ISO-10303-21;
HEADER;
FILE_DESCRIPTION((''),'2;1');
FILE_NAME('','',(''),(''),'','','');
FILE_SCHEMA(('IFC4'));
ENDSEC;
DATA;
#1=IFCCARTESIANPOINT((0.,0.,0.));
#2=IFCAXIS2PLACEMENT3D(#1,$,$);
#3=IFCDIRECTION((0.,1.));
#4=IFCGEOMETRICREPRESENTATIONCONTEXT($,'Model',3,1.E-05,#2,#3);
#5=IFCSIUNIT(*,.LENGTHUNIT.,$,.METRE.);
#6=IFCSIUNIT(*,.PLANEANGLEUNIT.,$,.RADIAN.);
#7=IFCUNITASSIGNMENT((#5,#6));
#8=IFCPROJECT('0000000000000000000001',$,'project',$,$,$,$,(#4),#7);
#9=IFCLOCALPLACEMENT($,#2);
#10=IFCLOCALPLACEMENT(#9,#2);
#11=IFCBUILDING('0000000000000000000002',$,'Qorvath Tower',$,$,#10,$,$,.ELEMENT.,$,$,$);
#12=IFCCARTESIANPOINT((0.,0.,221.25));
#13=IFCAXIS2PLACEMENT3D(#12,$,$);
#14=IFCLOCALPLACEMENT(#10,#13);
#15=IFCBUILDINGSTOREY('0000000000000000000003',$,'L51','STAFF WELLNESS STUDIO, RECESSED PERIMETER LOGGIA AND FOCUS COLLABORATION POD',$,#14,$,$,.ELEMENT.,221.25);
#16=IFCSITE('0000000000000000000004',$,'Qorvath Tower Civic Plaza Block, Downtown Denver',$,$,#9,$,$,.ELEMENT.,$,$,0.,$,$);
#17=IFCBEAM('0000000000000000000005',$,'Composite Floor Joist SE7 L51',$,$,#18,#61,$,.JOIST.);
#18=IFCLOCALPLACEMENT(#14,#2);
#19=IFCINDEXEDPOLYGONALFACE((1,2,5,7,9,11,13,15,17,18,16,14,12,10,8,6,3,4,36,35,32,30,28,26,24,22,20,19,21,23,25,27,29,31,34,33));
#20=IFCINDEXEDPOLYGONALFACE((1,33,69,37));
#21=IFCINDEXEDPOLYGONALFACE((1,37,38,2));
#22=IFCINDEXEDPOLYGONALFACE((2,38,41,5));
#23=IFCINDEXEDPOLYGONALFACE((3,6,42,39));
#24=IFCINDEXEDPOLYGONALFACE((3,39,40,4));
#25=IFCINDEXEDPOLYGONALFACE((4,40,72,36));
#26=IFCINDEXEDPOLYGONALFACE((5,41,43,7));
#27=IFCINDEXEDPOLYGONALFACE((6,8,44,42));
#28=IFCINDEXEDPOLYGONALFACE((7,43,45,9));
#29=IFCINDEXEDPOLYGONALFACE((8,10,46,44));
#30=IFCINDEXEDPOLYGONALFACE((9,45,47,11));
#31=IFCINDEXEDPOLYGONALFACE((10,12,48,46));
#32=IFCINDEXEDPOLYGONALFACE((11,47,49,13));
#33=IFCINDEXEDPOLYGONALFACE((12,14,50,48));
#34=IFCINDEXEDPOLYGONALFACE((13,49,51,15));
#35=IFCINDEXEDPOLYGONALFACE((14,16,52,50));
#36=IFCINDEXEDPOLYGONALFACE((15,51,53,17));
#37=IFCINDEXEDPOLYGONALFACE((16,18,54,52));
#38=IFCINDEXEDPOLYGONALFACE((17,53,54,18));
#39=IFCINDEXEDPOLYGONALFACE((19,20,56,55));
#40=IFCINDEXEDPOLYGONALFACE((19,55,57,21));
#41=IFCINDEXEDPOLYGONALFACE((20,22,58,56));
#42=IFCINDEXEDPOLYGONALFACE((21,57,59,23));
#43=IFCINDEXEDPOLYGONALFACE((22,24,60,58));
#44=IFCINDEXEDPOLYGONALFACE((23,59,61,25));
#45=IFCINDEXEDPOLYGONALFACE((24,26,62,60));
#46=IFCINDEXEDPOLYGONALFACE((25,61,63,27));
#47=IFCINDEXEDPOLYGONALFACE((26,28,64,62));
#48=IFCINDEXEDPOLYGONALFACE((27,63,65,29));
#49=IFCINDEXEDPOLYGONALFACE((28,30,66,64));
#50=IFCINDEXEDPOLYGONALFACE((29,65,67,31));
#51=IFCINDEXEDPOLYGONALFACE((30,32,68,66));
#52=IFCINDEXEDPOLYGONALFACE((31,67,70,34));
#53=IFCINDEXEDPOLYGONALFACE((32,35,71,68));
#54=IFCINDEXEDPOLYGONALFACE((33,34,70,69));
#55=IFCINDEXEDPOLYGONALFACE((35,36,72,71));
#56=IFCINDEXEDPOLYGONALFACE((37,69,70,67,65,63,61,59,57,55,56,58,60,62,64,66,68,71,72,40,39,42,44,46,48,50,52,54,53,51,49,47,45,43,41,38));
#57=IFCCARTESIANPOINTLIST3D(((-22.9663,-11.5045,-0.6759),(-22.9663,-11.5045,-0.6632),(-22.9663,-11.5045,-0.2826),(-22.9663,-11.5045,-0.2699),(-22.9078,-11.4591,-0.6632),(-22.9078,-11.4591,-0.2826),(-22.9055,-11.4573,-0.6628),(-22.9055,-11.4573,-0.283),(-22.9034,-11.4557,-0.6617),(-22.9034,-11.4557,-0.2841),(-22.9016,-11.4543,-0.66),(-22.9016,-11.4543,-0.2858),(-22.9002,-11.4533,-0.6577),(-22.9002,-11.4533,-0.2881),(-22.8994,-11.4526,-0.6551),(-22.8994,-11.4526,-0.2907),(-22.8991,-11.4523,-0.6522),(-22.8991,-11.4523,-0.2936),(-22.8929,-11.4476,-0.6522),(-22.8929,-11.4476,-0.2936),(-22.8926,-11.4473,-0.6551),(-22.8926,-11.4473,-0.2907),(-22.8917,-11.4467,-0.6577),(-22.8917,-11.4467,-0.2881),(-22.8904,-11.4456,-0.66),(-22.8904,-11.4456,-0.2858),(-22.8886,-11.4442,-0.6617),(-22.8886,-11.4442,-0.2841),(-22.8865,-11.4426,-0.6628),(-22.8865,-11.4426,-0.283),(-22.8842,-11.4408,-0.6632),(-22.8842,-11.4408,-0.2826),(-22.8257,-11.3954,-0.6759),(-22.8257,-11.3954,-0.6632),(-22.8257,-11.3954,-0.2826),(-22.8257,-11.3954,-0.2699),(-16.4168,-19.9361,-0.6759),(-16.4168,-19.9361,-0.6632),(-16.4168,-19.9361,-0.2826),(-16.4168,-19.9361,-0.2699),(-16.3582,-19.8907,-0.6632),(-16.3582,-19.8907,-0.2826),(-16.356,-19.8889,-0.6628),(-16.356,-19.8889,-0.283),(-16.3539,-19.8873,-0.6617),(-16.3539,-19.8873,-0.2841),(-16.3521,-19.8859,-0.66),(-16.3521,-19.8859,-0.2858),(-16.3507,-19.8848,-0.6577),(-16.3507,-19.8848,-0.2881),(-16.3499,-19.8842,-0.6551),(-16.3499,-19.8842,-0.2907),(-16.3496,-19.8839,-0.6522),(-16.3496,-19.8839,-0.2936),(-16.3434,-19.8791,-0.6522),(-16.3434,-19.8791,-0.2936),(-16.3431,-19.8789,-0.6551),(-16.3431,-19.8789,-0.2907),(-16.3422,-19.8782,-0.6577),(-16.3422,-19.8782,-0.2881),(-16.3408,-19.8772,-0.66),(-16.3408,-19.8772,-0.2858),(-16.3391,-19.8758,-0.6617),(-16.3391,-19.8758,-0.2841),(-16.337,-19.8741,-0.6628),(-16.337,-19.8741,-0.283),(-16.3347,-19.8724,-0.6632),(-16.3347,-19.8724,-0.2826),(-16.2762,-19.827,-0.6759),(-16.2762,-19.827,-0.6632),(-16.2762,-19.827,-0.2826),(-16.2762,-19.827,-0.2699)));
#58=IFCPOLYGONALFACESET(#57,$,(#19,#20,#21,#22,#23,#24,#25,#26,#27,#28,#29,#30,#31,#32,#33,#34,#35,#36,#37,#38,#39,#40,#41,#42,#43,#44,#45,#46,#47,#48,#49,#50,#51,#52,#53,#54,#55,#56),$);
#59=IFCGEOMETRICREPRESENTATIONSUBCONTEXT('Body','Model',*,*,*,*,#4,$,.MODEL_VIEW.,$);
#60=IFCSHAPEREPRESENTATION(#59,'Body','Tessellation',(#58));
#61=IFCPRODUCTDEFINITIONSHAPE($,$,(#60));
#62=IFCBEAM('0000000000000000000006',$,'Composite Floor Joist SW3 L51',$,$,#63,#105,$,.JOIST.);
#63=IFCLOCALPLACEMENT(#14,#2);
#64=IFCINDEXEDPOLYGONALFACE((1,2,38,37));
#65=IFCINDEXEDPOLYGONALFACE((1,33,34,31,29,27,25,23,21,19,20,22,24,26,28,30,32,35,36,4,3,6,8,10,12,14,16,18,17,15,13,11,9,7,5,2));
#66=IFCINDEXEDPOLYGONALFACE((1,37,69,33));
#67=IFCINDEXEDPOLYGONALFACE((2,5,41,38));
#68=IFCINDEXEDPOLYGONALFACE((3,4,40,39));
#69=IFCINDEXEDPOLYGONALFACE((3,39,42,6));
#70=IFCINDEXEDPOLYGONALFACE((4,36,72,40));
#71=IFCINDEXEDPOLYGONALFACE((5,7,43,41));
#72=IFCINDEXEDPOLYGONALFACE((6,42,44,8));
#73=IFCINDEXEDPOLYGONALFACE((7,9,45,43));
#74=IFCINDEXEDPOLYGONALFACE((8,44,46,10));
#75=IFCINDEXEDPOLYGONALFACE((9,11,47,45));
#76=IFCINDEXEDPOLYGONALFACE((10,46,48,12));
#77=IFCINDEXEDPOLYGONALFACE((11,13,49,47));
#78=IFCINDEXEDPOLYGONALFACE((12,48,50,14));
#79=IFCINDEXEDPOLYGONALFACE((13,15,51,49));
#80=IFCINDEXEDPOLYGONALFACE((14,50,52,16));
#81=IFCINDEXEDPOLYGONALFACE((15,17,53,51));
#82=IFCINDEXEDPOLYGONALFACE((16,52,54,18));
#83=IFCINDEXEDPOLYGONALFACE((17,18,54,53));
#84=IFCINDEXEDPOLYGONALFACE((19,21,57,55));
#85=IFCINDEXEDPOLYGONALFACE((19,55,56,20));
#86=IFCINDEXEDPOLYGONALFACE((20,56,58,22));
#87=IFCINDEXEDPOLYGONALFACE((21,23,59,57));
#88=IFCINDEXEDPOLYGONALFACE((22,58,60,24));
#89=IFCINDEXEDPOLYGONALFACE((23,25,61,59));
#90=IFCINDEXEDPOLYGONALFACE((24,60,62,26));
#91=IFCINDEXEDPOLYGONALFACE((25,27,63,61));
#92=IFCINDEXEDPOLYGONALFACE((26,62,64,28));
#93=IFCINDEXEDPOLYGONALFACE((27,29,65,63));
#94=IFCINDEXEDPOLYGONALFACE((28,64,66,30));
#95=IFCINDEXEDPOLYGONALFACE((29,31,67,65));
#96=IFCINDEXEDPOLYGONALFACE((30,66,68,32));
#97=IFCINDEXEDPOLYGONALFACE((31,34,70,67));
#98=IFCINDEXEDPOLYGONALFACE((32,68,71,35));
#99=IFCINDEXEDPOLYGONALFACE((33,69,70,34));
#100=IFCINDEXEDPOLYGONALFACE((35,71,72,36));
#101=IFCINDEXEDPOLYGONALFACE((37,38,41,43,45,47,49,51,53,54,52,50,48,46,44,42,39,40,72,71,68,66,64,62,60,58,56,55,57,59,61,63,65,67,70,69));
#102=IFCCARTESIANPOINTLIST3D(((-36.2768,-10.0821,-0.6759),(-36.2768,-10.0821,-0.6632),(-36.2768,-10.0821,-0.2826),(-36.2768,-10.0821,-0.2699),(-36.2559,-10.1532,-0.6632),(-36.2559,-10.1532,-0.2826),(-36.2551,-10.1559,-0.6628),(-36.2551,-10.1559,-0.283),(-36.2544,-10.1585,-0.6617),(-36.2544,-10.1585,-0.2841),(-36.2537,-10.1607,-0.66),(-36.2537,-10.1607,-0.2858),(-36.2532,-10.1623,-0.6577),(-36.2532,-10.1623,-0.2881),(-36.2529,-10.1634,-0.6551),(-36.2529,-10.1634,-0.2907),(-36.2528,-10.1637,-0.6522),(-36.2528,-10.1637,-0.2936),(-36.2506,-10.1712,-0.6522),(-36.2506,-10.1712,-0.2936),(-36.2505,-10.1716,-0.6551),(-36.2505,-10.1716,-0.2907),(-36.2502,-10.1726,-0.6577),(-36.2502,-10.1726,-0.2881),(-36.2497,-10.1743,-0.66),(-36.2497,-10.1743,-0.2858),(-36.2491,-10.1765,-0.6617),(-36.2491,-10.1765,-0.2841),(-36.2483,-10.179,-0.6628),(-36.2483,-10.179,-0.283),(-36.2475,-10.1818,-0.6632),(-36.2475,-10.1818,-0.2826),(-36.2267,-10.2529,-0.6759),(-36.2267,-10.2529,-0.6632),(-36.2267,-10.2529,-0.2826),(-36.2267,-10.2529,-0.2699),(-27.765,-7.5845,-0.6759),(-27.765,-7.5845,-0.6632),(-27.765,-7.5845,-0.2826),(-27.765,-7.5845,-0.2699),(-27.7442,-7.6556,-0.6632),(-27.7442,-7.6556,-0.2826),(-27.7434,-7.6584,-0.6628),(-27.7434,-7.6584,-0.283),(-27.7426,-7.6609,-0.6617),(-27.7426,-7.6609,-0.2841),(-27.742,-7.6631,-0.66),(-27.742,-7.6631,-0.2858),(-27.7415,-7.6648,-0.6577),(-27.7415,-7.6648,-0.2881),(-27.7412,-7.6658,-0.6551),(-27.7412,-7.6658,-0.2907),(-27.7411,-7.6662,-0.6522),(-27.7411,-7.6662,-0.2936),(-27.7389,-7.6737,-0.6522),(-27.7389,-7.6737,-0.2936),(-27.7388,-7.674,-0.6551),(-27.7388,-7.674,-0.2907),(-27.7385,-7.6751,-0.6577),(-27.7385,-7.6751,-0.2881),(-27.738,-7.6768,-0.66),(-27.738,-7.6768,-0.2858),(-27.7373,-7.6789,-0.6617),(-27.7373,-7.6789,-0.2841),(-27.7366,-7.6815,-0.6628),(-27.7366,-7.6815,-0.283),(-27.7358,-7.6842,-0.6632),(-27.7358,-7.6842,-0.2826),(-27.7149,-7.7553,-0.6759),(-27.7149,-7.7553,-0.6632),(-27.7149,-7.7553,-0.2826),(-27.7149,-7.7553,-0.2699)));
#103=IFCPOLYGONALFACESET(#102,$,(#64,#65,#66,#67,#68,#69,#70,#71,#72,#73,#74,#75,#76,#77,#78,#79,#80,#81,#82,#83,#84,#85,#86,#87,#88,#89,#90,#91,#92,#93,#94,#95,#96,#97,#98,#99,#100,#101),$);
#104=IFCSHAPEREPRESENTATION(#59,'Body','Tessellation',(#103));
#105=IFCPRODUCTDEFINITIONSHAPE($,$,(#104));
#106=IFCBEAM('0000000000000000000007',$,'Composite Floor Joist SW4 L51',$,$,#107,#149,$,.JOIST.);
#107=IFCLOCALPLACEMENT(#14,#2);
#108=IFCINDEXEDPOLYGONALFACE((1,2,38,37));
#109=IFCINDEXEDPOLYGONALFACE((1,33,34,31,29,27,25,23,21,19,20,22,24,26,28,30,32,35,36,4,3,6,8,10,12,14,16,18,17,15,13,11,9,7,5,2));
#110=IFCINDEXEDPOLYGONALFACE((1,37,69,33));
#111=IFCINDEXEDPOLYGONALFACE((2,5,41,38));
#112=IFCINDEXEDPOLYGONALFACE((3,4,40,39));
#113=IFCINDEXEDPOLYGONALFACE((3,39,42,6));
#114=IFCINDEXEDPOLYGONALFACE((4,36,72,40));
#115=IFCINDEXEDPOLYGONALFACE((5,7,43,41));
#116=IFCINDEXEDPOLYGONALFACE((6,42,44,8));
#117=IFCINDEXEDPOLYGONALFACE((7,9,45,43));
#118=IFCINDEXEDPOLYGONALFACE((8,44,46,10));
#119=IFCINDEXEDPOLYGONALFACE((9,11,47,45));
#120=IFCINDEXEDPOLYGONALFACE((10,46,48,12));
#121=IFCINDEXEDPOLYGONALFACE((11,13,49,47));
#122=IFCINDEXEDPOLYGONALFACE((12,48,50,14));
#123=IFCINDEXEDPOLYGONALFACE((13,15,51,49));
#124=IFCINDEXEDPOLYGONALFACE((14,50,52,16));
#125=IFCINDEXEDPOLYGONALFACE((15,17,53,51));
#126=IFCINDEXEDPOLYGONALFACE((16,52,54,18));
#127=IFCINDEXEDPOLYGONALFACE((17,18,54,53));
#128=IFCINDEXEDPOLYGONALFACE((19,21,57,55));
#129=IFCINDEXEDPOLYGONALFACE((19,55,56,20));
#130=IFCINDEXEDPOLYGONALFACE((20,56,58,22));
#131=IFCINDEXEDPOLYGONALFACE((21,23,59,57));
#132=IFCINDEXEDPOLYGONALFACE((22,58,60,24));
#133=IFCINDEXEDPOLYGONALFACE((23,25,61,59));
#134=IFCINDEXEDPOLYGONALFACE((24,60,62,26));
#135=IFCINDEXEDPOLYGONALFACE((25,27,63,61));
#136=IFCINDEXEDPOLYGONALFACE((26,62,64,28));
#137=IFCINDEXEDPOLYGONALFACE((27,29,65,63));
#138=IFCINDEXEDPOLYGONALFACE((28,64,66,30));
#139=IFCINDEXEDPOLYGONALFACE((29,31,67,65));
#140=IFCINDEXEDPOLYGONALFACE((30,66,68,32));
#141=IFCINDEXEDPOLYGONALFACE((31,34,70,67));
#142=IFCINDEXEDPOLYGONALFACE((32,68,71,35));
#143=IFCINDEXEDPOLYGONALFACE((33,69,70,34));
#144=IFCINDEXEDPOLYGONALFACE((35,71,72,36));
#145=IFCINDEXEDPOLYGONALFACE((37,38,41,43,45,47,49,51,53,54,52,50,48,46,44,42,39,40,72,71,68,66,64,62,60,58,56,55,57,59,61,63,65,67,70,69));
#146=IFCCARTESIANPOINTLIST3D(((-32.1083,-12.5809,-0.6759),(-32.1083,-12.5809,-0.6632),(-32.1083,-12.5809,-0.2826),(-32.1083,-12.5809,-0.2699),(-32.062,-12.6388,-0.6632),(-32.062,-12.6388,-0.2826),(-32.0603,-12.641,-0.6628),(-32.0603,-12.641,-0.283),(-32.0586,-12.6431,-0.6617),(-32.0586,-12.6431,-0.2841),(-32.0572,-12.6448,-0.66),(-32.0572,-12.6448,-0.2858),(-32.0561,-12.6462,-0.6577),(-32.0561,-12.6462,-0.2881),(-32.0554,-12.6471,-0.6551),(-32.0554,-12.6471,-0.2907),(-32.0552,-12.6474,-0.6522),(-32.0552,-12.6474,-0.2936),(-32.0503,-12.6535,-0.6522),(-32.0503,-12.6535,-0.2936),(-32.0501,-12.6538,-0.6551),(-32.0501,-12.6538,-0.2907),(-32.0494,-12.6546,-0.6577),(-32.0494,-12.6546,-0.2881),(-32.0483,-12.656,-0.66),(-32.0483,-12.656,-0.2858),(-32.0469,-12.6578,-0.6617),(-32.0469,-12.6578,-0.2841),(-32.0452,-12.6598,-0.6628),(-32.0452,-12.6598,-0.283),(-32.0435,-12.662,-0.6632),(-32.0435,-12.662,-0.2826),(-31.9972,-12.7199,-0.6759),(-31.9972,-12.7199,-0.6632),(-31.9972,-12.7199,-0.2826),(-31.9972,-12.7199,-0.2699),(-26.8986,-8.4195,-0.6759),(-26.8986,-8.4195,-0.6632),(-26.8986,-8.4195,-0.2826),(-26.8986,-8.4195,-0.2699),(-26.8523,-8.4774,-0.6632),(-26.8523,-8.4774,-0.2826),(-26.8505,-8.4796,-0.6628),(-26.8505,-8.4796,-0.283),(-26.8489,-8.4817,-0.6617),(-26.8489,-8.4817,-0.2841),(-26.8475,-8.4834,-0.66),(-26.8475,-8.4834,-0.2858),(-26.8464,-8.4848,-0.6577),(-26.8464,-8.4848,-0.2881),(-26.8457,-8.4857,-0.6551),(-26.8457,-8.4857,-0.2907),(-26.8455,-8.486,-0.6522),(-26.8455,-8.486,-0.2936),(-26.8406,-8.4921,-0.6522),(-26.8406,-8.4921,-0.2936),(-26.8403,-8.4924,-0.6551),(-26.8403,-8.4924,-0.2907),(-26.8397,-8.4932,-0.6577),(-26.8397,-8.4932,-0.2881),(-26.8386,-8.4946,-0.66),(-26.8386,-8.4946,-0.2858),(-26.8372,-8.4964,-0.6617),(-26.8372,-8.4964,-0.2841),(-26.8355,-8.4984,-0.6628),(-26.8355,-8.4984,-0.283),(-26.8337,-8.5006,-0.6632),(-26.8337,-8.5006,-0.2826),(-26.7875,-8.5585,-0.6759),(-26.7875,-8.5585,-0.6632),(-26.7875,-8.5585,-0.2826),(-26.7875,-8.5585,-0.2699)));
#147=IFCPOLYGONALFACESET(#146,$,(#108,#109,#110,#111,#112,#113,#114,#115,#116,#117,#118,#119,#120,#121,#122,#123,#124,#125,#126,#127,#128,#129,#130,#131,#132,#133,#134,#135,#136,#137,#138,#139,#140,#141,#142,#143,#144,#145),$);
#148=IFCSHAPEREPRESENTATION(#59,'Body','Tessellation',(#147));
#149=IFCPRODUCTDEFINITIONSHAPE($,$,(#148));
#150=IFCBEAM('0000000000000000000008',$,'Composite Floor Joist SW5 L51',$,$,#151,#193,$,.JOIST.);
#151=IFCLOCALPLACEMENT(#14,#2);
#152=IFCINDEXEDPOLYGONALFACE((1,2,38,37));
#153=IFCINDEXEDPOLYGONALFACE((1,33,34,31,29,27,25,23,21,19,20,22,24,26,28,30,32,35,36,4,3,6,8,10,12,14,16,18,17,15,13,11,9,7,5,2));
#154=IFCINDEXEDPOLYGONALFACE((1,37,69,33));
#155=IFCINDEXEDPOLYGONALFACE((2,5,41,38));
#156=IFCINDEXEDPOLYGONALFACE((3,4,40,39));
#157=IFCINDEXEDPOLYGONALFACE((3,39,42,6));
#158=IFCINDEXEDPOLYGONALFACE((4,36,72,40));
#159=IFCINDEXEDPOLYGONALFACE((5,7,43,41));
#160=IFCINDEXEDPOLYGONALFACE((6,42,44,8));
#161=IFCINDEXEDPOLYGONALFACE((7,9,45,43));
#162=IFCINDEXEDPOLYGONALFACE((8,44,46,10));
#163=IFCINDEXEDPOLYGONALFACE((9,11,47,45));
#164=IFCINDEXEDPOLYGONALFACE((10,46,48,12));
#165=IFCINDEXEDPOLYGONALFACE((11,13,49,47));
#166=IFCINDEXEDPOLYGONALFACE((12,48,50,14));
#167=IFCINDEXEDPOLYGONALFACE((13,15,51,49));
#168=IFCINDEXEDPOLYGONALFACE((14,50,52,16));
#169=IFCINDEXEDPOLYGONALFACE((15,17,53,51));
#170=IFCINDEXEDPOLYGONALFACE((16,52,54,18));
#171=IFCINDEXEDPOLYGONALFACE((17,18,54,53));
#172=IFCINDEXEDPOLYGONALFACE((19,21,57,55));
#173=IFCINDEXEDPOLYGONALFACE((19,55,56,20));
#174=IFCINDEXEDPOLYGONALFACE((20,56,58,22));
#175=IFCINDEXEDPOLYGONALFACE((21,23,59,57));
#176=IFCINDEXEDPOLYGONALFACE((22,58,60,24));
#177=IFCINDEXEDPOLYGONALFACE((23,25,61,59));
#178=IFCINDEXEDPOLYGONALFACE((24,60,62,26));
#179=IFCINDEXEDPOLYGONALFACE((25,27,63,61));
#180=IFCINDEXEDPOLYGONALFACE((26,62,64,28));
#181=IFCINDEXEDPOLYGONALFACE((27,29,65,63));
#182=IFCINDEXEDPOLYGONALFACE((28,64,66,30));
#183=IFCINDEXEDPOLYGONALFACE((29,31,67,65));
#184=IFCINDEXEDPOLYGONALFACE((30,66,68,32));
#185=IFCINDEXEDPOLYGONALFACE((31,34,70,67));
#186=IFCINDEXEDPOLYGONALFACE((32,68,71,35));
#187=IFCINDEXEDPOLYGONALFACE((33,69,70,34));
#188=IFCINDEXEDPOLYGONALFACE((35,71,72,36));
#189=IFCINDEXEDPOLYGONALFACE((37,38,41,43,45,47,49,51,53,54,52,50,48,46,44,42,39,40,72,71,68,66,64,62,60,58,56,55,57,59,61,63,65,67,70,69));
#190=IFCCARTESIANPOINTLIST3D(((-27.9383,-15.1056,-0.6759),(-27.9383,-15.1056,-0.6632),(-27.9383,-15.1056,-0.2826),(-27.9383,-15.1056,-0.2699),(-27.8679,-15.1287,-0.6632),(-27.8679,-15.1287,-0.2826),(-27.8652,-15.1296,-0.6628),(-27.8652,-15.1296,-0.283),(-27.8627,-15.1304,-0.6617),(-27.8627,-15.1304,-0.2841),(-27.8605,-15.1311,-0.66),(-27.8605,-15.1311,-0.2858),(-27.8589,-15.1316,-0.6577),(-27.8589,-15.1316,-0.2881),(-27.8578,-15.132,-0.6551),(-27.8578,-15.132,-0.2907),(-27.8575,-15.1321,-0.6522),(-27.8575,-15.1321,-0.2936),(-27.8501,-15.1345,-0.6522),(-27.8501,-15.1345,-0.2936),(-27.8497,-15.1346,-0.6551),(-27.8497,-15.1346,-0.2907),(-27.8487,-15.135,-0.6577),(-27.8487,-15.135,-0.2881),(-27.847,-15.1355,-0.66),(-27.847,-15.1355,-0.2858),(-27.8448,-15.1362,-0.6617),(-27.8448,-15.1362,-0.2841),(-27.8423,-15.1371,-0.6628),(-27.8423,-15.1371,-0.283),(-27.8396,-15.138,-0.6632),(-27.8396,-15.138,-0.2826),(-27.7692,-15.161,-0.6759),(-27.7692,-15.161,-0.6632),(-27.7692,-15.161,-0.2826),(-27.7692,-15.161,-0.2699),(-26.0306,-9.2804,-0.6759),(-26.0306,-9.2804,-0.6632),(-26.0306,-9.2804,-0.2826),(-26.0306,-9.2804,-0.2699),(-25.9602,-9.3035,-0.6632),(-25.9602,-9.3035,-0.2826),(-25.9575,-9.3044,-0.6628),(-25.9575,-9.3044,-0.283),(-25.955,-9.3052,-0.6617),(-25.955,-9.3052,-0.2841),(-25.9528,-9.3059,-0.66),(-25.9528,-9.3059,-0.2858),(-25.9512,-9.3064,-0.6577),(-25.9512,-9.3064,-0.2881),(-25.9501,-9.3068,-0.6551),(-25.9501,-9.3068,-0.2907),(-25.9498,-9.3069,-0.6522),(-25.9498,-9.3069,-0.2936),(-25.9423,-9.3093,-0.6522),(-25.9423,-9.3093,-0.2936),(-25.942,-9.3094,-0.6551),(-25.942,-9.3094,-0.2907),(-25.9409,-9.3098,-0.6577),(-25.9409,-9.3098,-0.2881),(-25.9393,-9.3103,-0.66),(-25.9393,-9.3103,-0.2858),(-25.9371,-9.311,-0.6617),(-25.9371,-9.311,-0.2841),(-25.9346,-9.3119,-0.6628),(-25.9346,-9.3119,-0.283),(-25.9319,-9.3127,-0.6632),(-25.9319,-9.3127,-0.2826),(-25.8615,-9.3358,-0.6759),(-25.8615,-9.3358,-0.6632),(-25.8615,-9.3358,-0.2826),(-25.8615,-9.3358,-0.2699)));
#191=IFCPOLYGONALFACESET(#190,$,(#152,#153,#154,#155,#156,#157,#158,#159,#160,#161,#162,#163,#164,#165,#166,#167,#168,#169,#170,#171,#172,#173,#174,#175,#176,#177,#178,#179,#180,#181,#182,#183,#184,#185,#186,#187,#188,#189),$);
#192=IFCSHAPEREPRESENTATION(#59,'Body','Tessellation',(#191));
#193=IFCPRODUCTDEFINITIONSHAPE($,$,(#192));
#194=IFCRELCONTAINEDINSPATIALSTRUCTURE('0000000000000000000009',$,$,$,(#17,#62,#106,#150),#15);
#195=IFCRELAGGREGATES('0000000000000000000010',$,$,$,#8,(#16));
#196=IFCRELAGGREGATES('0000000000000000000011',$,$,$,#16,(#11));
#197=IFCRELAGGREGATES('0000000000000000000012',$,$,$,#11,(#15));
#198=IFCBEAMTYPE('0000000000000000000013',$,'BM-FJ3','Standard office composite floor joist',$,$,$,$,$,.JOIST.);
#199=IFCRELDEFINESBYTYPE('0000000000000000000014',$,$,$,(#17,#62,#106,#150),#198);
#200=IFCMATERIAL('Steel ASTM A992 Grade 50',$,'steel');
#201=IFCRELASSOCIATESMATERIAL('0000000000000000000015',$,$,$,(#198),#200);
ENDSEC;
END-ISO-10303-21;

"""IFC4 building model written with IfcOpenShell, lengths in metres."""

from ifc_helpers import new_model, si_unit, direction, frame, origin, origin_2d, place, context, subcontext, project, spatial, i_section, extrude, material, material_profile, profile_set, type_object, element, save


model = new_model("IFC4")

# Units and contexts
model_context = context("Model", 3, precision=1e-05, world=origin(), true_north=direction((0.0, 1.0)))
body_context = subcontext(model_context, "Body", "Model", "MODEL_VIEW")
ifc_project = project(units=[si_unit("LENGTHUNIT", "METRE"), si_unit("PLANEANGLEUNIT", "RADIAN")], contexts=[model_context])

# Site, building, storey
site_placement = place(None, origin())
site = spatial("IfcSite", under=ifc_project, at=site_placement, Name="Qorvath Tower Civic Plaza Block, Downtown Denver", CompositionType="ELEMENT", RefElevation=0.0)
building_placement = place(site_placement, origin())
building = spatial("IfcBuilding", under=site, at=building_placement, Name="Qorvath Tower", CompositionType="ELEMENT")
storey_placement = place(building_placement, frame((0.0, 0.0, 221.25)))
storey = spatial("IfcBuildingStorey", under=building, at=storey_placement, Name="L51", Description="STAFF WELLNESS STUDIO, RECESSED PERIMETER LOGGIA AND FOCUS COLLABORATION POD", CompositionType="ELEMENT", Elevation=221.25)

# Beams
ifc_material_1 = material(Name="Steel ASTM A992 Grade 50", Category="steel")
ifc_material_profile_1 = material_profile(ifc_material_1, i_section(OverallWidth=0.178, OverallDepth=0.406, WebThickness=0.0078, FlangeThickness=0.0127, FilletRadius=0.011, at=origin_2d()), Name="W16x40")
ifc_profile_set_1 = profile_set([ifc_material_profile_1], Name="Steel ASTM A992 Grade 50")
beam_type_1 = type_object("IfcBeamType", Name="BM-FJ3", Description="Standard office composite floor joist", PredefinedType="JOIST", material=ifc_profile_set_1)
beam_1_placement = place(storey_placement, frame((-22.896, -11.45, -0.4729), z_axis=(0.613451, -0.789733, 0.0), x_axis=(0.789733, 0.613451, 0.0)))
element("IfcBeam", 1, at=beam_1_placement, inside=storey, type_object=beam_type_1, Name="Composite Floor Joist SE7 L51", PredefinedType="JOIST", context=body_context, shape_type="SweptSolid", body=[
    extrude(i_section(OverallWidth=0.178, OverallDepth=0.406, WebThickness=0.0078, FlangeThickness=0.0127, FilletRadius=0.011, at=origin_2d()), origin(), (0.0, 0.0, 1.0), 10.6765),
])
beam_2_placement = place(storey_placement, frame((-27.74, -7.6699, -0.4729), z_axis=(-0.959545, -0.281555, 0.0), x_axis=(0.281555, -0.959545, 0.0)))
element("IfcBeam", 2, at=beam_2_placement, inside=storey, type_object=beam_type_1, Name="Composite Floor Joist SW3 L51", PredefinedType="JOIST", context=body_context, shape_type="SweptSolid", body=[
    extrude(i_section(OverallWidth=0.178, OverallDepth=0.406, WebThickness=0.0078, FlangeThickness=0.0127, FilletRadius=0.011, at=origin_2d()), origin(), (0.0, 0.0, 1.0), 8.8706),
])
beam_3_placement = place(storey_placement, frame((-26.843, -8.489, -0.4729), z_axis=(-0.781337, -0.62411, 0.0), x_axis=(0.62411, -0.781337, 0.0)))
element("IfcBeam", 3, at=beam_3_placement, inside=storey, type_object=beam_type_1, Name="Composite Floor Joist SW4 L51", PredefinedType="JOIST", context=body_context, shape_type="SweptSolid", body=[
    extrude(i_section(OverallWidth=0.178, OverallDepth=0.406, WebThickness=0.0078, FlangeThickness=0.0127, FilletRadius=0.011, at=origin_2d()), origin(), (0.0, 0.0, 1.0), 6.6677),
])
beam_4_placement = place(storey_placement, frame((-25.946, -9.3081, -0.4729), z_axis=(-0.311229, -0.950335, 0.0), x_axis=(0.950335, -0.311229, 0.0)))
element("IfcBeam", 4, at=beam_4_placement, inside=storey, type_object=beam_type_1, Name="Composite Floor Joist SW5 L51", PredefinedType="JOIST", context=body_context, shape_type="SweptSolid", body=[
    extrude(i_section(OverallWidth=0.178, OverallDepth=0.406, WebThickness=0.0078, FlangeThickness=0.0127, FilletRadius=0.011, at=origin_2d()), origin(), (0.0, 0.0, 1.0), 6.1296),
])

save(model, "model.ifc")
